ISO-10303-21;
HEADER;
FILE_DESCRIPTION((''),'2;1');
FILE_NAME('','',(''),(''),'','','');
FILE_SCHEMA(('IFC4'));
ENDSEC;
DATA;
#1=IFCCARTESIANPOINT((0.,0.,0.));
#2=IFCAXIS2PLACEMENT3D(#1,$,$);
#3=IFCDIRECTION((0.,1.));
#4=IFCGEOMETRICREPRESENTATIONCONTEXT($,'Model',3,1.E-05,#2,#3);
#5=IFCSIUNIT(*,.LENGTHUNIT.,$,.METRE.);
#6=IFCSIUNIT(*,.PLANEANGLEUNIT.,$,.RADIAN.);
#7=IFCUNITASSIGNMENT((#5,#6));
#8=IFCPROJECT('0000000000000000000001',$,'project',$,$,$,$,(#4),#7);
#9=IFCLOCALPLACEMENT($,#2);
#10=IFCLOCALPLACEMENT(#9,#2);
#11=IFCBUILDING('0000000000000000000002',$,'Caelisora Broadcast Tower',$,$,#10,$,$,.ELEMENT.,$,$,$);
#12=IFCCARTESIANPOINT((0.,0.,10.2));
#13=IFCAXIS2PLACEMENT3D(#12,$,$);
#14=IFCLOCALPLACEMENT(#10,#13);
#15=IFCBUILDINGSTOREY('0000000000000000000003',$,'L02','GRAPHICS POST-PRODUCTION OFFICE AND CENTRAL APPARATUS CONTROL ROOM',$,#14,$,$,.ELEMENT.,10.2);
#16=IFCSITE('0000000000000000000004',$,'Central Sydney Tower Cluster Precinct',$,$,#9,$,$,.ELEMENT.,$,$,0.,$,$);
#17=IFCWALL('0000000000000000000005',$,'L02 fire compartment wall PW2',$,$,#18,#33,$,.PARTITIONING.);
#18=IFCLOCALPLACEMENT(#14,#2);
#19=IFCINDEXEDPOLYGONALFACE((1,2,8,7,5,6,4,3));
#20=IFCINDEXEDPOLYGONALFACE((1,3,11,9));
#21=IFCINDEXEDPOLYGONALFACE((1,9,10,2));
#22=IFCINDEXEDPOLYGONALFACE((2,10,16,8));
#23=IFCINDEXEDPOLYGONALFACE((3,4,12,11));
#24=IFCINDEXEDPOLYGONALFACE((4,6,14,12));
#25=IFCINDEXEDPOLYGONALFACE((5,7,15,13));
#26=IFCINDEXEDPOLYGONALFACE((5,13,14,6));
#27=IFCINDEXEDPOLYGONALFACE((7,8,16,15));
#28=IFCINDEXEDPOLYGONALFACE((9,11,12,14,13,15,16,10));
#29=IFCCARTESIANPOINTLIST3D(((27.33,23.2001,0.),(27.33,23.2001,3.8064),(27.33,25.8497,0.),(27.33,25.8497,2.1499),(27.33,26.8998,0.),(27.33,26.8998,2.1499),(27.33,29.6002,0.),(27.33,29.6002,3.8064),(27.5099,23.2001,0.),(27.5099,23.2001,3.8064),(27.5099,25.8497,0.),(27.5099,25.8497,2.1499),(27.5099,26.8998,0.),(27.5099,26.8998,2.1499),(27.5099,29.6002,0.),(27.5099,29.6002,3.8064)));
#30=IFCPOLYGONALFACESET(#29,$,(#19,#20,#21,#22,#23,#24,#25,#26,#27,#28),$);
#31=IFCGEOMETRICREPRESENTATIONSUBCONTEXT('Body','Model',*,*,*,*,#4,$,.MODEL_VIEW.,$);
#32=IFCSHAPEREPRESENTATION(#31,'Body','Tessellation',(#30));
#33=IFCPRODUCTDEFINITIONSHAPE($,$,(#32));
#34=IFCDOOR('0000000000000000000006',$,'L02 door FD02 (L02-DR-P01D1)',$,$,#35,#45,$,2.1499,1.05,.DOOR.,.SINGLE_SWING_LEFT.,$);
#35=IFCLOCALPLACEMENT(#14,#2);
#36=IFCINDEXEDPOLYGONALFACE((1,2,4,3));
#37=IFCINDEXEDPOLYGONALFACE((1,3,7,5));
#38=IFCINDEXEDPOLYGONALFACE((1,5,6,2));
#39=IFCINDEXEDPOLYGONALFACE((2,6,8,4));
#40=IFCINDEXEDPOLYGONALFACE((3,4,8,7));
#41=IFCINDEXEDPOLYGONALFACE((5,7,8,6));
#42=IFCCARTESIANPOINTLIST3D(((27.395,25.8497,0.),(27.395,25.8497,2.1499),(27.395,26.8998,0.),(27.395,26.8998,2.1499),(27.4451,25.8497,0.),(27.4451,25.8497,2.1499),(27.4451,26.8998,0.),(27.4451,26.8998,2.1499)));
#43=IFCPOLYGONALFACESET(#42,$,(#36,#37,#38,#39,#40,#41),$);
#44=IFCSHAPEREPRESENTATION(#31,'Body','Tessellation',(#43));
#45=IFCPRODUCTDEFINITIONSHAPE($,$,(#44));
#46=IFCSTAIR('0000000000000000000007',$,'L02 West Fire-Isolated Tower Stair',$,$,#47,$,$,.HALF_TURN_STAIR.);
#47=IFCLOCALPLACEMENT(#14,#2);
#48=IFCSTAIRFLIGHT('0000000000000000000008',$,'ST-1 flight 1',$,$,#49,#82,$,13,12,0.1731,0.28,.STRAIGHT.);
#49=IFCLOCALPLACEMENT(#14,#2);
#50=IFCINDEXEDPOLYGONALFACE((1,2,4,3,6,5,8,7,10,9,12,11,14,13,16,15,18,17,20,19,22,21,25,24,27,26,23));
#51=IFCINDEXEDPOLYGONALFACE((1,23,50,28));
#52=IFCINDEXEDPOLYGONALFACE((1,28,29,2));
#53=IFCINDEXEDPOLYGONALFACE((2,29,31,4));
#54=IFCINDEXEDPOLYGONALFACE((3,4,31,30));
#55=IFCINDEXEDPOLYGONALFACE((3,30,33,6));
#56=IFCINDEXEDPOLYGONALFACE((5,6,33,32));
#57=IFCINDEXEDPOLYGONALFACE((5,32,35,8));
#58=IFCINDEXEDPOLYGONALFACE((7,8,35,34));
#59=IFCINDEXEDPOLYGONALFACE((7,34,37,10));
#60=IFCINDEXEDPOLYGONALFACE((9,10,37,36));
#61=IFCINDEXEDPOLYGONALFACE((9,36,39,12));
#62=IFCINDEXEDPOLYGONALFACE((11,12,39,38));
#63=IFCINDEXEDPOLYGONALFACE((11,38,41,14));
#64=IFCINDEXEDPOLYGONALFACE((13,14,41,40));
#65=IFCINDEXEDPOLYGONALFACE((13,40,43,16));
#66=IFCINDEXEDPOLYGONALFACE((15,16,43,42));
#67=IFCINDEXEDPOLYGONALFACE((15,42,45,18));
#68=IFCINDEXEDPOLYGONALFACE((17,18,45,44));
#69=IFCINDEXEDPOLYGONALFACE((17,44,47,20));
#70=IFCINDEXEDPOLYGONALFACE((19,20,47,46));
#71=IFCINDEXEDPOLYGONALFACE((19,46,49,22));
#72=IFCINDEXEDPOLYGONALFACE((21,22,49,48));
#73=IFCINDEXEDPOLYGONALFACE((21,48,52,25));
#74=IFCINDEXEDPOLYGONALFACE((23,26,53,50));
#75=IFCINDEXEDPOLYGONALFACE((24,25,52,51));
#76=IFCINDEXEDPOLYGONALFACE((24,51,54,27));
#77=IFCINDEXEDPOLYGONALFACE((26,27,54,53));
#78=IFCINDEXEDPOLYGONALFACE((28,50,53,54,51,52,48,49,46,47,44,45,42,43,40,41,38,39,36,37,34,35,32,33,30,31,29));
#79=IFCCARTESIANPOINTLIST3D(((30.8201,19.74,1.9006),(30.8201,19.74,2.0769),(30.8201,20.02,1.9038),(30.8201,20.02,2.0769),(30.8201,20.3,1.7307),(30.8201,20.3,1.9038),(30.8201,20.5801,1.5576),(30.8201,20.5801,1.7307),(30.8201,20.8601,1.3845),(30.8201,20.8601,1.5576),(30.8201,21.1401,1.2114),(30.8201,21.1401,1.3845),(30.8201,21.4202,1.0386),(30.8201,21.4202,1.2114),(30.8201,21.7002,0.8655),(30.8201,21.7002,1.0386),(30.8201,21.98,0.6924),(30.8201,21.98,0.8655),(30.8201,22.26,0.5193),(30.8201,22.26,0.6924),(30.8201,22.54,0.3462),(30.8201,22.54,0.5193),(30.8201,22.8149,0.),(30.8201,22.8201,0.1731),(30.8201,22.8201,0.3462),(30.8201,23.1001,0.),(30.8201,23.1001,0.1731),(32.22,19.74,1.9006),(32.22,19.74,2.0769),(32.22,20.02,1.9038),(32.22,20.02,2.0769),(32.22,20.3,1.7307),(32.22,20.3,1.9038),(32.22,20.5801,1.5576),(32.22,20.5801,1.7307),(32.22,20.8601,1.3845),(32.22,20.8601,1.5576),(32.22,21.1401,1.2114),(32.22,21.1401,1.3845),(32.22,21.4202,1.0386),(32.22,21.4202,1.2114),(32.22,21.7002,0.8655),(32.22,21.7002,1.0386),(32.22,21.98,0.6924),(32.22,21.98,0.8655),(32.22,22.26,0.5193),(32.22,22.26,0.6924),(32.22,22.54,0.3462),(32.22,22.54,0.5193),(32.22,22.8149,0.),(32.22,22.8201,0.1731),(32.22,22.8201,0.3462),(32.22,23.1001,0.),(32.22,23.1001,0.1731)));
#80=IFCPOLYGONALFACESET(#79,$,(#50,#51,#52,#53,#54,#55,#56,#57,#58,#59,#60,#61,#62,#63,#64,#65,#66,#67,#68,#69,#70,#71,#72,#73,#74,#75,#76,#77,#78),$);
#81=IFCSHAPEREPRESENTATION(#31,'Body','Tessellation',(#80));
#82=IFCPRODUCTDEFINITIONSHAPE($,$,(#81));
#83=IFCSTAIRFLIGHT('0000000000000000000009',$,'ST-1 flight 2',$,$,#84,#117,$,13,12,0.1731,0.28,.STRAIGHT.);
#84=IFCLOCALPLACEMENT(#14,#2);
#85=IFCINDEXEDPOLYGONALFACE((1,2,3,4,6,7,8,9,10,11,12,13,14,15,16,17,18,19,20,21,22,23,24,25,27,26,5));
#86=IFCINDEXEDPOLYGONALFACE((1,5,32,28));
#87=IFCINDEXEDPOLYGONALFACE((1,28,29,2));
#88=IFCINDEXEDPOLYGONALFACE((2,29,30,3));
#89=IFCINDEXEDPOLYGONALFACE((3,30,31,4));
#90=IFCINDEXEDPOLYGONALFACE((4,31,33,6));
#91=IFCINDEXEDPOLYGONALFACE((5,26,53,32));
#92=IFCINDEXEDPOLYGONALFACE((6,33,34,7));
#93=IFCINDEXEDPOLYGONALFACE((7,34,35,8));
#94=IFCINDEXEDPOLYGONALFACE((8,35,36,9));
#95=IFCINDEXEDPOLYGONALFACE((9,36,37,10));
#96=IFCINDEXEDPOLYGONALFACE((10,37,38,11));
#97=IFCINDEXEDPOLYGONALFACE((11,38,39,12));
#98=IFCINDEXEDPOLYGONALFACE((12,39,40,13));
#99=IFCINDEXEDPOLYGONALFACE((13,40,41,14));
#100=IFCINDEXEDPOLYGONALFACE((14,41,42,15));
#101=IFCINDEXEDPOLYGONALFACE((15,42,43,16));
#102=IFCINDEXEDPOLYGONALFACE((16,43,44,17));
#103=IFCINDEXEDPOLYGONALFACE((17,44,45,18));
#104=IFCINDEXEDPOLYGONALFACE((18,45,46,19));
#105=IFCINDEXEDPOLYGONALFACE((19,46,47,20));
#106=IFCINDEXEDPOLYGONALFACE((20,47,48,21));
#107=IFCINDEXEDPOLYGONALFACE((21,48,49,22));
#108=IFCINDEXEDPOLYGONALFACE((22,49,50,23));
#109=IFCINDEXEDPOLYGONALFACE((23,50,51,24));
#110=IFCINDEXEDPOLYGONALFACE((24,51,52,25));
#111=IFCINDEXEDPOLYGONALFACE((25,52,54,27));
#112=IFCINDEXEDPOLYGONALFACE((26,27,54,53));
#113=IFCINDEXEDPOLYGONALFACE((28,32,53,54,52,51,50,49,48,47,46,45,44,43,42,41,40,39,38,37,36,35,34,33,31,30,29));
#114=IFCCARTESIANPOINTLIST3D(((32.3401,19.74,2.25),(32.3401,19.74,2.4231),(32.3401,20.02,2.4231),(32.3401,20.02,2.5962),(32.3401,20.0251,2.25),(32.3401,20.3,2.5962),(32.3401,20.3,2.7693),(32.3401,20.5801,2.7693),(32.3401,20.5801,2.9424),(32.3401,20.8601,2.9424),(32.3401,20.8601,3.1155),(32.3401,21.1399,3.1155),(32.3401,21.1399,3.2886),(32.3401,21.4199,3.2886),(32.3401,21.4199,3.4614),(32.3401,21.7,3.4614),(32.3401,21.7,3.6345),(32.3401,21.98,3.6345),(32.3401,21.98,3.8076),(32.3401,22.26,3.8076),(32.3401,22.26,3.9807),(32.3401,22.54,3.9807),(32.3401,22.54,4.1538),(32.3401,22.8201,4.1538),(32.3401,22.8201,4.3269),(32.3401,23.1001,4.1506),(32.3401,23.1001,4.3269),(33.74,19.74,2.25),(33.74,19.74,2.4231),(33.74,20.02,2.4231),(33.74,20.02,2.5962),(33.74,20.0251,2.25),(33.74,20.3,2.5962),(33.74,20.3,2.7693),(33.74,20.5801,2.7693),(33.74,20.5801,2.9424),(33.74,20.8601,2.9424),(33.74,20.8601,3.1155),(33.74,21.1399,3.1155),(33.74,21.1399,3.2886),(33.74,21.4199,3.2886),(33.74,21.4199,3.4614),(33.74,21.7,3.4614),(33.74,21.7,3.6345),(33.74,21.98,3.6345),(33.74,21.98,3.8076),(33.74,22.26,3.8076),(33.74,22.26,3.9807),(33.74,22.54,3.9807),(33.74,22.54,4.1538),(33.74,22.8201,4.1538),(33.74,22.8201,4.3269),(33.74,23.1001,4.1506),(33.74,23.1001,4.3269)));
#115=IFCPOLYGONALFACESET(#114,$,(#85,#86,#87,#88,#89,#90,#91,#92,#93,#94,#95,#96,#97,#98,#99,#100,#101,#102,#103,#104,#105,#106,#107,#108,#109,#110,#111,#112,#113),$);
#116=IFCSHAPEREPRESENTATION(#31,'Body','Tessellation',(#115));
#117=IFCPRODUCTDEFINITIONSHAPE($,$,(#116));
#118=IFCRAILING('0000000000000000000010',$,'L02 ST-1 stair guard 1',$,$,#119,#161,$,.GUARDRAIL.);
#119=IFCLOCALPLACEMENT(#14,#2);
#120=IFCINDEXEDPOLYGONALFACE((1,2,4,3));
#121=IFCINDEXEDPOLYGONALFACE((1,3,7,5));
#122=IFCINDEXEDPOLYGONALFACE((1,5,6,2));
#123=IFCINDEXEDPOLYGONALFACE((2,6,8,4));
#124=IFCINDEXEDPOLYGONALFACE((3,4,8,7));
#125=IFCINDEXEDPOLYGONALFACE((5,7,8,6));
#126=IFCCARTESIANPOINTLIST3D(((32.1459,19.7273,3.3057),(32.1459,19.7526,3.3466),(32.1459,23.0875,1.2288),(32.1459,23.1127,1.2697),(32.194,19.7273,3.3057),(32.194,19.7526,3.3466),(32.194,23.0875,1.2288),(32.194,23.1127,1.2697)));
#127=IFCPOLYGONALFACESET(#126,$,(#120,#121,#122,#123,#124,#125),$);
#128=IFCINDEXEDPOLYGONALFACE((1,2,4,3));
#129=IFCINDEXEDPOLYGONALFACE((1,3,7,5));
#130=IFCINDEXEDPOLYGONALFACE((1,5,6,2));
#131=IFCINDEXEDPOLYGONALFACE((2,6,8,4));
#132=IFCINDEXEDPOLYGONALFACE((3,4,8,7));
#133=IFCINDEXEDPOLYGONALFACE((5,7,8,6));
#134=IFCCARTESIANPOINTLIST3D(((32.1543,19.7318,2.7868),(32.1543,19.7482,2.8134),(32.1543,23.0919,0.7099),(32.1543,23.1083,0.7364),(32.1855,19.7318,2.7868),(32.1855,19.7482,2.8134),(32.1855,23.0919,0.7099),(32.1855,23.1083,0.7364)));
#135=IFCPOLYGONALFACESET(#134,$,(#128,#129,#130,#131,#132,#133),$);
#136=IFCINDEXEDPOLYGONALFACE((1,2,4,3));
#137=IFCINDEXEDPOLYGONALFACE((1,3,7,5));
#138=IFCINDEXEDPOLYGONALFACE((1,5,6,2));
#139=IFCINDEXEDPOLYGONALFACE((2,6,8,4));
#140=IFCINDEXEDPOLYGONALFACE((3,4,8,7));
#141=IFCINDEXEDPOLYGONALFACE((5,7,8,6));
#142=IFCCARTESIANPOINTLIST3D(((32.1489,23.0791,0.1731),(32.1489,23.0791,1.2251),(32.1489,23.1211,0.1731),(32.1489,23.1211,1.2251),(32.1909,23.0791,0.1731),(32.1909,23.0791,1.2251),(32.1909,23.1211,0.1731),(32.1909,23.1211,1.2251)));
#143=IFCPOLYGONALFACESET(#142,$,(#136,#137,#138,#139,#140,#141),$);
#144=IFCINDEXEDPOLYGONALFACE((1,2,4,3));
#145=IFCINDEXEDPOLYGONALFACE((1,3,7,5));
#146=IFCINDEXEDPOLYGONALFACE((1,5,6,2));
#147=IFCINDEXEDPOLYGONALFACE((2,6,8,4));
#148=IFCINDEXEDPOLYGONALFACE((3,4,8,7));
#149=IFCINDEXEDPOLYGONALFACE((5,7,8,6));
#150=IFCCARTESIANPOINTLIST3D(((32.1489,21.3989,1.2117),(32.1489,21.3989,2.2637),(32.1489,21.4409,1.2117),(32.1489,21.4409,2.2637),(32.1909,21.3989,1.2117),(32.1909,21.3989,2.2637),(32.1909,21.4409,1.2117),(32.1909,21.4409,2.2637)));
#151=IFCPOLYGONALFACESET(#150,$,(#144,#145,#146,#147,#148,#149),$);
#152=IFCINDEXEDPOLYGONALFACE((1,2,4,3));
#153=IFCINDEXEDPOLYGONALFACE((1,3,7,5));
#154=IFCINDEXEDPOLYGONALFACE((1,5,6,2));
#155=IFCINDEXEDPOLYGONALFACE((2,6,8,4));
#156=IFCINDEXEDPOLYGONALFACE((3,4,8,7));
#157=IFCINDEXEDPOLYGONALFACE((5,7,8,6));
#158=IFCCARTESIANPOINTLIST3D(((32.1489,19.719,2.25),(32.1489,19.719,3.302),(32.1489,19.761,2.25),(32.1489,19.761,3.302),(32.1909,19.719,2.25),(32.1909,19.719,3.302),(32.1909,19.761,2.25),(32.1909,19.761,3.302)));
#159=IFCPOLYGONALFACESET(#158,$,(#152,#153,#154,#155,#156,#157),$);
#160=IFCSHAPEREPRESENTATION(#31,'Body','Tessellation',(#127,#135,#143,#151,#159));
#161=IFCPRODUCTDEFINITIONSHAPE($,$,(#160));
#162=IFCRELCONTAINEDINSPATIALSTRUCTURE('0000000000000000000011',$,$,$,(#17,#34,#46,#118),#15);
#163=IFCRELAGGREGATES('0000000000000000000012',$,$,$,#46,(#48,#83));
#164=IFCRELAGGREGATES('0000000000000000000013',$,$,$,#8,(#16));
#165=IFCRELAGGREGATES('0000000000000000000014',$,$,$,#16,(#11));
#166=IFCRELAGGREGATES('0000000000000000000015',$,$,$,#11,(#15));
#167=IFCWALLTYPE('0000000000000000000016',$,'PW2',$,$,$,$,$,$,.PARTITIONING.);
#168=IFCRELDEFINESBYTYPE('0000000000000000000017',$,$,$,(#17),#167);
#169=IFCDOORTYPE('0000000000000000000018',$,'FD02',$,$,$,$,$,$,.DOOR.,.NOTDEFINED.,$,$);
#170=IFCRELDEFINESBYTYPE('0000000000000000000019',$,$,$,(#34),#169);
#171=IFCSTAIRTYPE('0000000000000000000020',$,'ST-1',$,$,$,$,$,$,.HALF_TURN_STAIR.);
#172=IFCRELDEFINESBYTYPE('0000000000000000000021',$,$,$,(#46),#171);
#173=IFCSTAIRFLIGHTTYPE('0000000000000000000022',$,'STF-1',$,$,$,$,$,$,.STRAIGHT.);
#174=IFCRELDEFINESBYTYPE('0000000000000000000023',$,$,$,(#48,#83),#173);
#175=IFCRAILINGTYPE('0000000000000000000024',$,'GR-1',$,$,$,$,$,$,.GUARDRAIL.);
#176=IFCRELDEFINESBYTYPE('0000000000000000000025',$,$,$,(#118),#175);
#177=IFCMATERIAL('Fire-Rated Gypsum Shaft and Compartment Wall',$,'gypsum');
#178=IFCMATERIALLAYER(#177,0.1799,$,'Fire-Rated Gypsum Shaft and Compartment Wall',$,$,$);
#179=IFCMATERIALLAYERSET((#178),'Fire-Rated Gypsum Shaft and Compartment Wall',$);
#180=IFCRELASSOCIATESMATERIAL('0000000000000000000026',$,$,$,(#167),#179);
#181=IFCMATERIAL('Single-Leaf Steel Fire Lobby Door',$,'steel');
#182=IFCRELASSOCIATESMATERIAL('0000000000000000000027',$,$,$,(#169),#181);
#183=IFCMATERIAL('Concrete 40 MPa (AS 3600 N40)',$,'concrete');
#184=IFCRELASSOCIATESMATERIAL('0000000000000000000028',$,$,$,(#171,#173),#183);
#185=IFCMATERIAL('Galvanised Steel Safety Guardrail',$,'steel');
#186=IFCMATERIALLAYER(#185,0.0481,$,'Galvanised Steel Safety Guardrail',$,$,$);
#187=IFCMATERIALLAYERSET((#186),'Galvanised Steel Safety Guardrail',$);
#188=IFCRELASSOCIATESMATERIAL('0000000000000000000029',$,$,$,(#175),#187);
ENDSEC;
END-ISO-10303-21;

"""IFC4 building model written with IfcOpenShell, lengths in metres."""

from ifc_helpers import new_model, si_unit, direction, frame, frame_2d, origin, origin_2d, place, context, subcontext, project, spatial, polyline, rectangle, outline, extrude, material, layer, layer_set, type_object, element, fill, aggregate, save


model = new_model("IFC4")

# Units and contexts
model_context = context("Model", 3, precision=1e-05, world=origin(), true_north=direction((0.0, 1.0)))
body_context = subcontext(model_context, "Body", "Model", "MODEL_VIEW")
ifc_project = project(units=[si_unit("LENGTHUNIT", "METRE"), si_unit("PLANEANGLEUNIT", "RADIAN")], contexts=[model_context])

# Site, building, storey
site_placement = place(None, origin())
site = spatial("IfcSite", under=ifc_project, at=site_placement, Name="Central Sydney Tower Cluster Precinct", CompositionType="ELEMENT", RefElevation=0.0)
building_placement = place(site_placement, origin())
building = spatial("IfcBuilding", under=site, at=building_placement, Name="Caelisora Broadcast Tower", CompositionType="ELEMENT")
storey_placement = place(building_placement, frame((0.0, 0.0, 10.2)))
storey = spatial("IfcBuildingStorey", under=building, at=storey_placement, Name="L02", Description="GRAPHICS POST-PRODUCTION OFFICE AND CENTRAL APPARATUS CONTROL ROOM", CompositionType="ELEMENT", Elevation=10.2)

# Shared definitions
ifc_material_1 = material(Name="Fire-Rated Gypsum Shaft and Compartment Wall", Category="gypsum")
ifc_layer_1 = layer(ifc_material_1, 0.1799, Name="Fire-Rated Gypsum Shaft and Compartment Wall")
ifc_layer_set_1 = layer_set([ifc_layer_1], Name="Fire-Rated Gypsum Shaft and Compartment Wall")
wall_type = type_object("IfcWallType", Name="PW2", PredefinedType="PARTITIONING", material=ifc_layer_set_1)

# Wall, opening, door
wall_1_placement = place(storey_placement, frame((27.4199, 23.2, 0.0), z_axis=(0.0, 0.0, 1.0), x_axis=(0.0, 1.0, 0.0)))
wall_1 = element("IfcWall", 1, at=wall_1_placement, inside=storey, type_object=wall_type, Name="L02 fire compartment wall PW2", PredefinedType="PARTITIONING", context=body_context, shape_type="SweptSolid", body=[
    extrude(rectangle(XDim=6.4001, YDim=0.1799, at=frame_2d((3.2002, 0.0))), origin(), (0.0, 0.0, 1.0), 3.8064),
])
opening_1_placement = place(wall_1_placement, frame((2.6499, 0.0, 0.0)))
opening_1 = element("IfcOpeningElement", 2, at=opening_1_placement, cuts=wall_1, PredefinedType="OPENING", context=body_context, shape_type="SweptSolid", body=[
    extrude(rectangle(XDim=1.05, YDim=2.1499, at=frame_2d((0.5249, 1.075))), frame((0.0, 0.1021, 0.0), z_axis=(0.0, -1.0, 0.0), x_axis=(1.0, 0.0, 0.0)), (0.0, 0.0, 1.0), 0.2039),
])
ifc_material_2 = material(Name="Single-Leaf Steel Fire Lobby Door", Category="steel")
door_type_1 = type_object("IfcDoorType", Name="FD02", OperationType="NOTDEFINED", PredefinedType="DOOR", material=ifc_material_2)
door_1_placement = place(opening_1_placement, origin())
door_1 = element("IfcDoor", 3, at=door_1_placement, inside=storey, type_object=door_type_1, Name="L02 door FD02 (L02-DR-P01D1)", OperationType="SINGLE_SWING_LEFT", OverallHeight=2.1499, OverallWidth=1.05, PredefinedType="DOOR", context=body_context, shape_type="SweptSolid", body=[
    extrude(rectangle(XDim=1.05, YDim=2.1499, at=frame_2d((0.5249, 1.075))), frame((0.0, 0.0249, 0.0), z_axis=(0.0, -1.0, 0.0), x_axis=(1.0, 0.0, 0.0)), (0.0, 0.0, 1.0), 0.05),
])
fill(opening_1, door_1)

# Stair, stair flights
ifc_material_3 = material(Name="Concrete 40 MPa (AS 3600 N40)", Category="concrete")
stair_type = type_object("IfcStairType", Name="ST-1", PredefinedType="HALF_TURN_STAIR", material=ifc_material_3)
stair_placement = place(storey_placement, origin())
stair = element("IfcStair", 4, at=stair_placement, inside=storey, type_object=stair_type, Name="L02 West Fire-Isolated Tower Stair", PredefinedType="HALF_TURN_STAIR")
stair_flight_type = type_object("IfcStairFlightType", Name="STF-1", PredefinedType="STRAIGHT", material=ifc_material_3)
stair_flight_1_placement = place(storey_placement, frame((31.52, 23.1001, 0.0), z_axis=(0.0, 0.0, 1.0), x_axis=(0.0, -1.0, 0.0)))
stair_flight_1 = element("IfcStairFlight", 5, at=stair_flight_1_placement, type_object=stair_flight_type, Name="ST-1 flight 1", NumberOfRisers=13, NumberOfTreads=12, PredefinedType="STRAIGHT", RiserHeight=0.1731, TreadLength=0.28, context=body_context, shape_type="SweptSolid", body=[
    extrude(outline(polyline([(0.0, 0.0), (0.0, 0.1731), (0.28, 0.1731), (0.28, 0.3462), (0.5601, 0.3462), (0.5601, 0.5193), (0.8401, 0.5193), (0.8401, 0.6924), (1.1201, 0.6924), (1.1201, 0.8655), (1.3999, 0.8655), (1.3999, 1.0386), (1.6799, 1.0386), (1.6799, 1.2114), (1.96, 1.2114), (1.96, 1.3845), (2.24, 1.3845), (2.24, 1.5576), (2.52, 1.5576), (2.52, 1.7307), (2.8, 1.7307), (2.8, 1.9038), (3.0801, 1.9038), (3.0801, 2.0769), (3.3601, 2.0769), (3.3601, 2.25), (3.3601, 1.9006), (0.2852, 0.0), (0.0, 0.0)])), frame((0.0, 0.7, 0.0), z_axis=(0.0, -1.0, 0.0), x_axis=(1.0, 0.0, 0.0)), (0.0, 0.0, 1.0), 1.3999),
])
stair_flight_2_placement = place(storey_placement, frame((33.04, 19.74, 2.25), z_axis=(0.0, 0.0, 1.0), x_axis=(0.0, 1.0, 0.0)))
stair_flight_2 = element("IfcStairFlight", 6, at=stair_flight_2_placement, type_object=stair_flight_type, Name="ST-1 flight 2", NumberOfRisers=13, NumberOfTreads=12, PredefinedType="STRAIGHT", RiserHeight=0.1731, TreadLength=0.28, context=body_context, shape_type="SweptSolid", body=[
    extrude(outline(polyline([(0.0, 0.0), (0.0, 0.1731), (0.28, 0.1731), (0.28, 0.3462), (0.5601, 0.3462), (0.5601, 0.5193), (0.8401, 0.5193), (0.8401, 0.6924), (1.1201, 0.6924), (1.1201, 0.8655), (1.3999, 0.8655), (1.3999, 1.0386), (1.6799, 1.0386), (1.6799, 1.2114), (1.96, 1.2114), (1.96, 1.3845), (2.24, 1.3845), (2.24, 1.5576), (2.52, 1.5576), (2.52, 1.7307), (2.8, 1.7307), (2.8, 1.9038), (3.0801, 1.9038), (3.0801, 2.0769), (3.3601, 2.0769), (3.3601, 2.25), (3.3601, 1.9006), (0.2852, 0.0), (0.0, 0.0)])), frame((0.0, 0.7, 0.0), z_axis=(0.0, -1.0, 0.0), x_axis=(1.0, 0.0, 0.0)), (0.0, 0.0, 1.0), 1.3999),
])
aggregate(stair, [stair_flight_1, stair_flight_2])

# Railing
ifc_material_4 = material(Name="Galvanised Steel Safety Guardrail", Category="steel")
ifc_layer_2 = layer(ifc_material_4, 0.0481, Name="Galvanised Steel Safety Guardrail")
ifc_layer_set_2 = layer_set([ifc_layer_2], Name="Galvanised Steel Safety Guardrail")
railing_type_1 = type_object("IfcRailingType", Name="GR-1", PredefinedType="GUARDRAIL", material=ifc_layer_set_2)
railing_1_placement = place(storey_placement, frame((32.1699, 23.1001, 0.1731)))
element("IfcRailing", 7, at=railing_1_placement, inside=storey, type_object=railing_type_1, Name="L02 ST-1 stair guard 1", PredefinedType="GUARDRAIL", context=body_context, shape_type="SweptSolid", body=[
    extrude(rectangle(XDim=0.0481, YDim=0.0481, at=origin_2d()), frame((0.0, 0.0, 1.0762), z_axis=(0.0, -0.850623, 0.525776), x_axis=(1.0, 0.0, 0.0)), (0.0, 0.0, 1.0), 3.9502),
    extrude(rectangle(XDim=0.0312, YDim=0.0312, at=origin_2d()), frame((0.0, 0.0, 0.55), z_axis=(0.0, -0.850623, 0.525776), x_axis=(1.0, 0.0, 0.0)), (0.0, 0.0, 1.0), 3.9502),
    extrude(rectangle(XDim=0.042, YDim=0.042, at=origin_2d()), origin(), (0.0, 0.0, 1.0), 1.052),
    extrude(rectangle(XDim=0.042, YDim=0.042, at=origin_2d()), frame((0.0, -1.6802, 1.0386)), (0.0, 0.0, 1.0), 1.052),
    extrude(rectangle(XDim=0.042, YDim=0.042, at=origin_2d()), frame((0.0, -3.3601, 2.0769)), (0.0, 0.0, 1.0), 1.052),
])

save(model, "model.ifc")
